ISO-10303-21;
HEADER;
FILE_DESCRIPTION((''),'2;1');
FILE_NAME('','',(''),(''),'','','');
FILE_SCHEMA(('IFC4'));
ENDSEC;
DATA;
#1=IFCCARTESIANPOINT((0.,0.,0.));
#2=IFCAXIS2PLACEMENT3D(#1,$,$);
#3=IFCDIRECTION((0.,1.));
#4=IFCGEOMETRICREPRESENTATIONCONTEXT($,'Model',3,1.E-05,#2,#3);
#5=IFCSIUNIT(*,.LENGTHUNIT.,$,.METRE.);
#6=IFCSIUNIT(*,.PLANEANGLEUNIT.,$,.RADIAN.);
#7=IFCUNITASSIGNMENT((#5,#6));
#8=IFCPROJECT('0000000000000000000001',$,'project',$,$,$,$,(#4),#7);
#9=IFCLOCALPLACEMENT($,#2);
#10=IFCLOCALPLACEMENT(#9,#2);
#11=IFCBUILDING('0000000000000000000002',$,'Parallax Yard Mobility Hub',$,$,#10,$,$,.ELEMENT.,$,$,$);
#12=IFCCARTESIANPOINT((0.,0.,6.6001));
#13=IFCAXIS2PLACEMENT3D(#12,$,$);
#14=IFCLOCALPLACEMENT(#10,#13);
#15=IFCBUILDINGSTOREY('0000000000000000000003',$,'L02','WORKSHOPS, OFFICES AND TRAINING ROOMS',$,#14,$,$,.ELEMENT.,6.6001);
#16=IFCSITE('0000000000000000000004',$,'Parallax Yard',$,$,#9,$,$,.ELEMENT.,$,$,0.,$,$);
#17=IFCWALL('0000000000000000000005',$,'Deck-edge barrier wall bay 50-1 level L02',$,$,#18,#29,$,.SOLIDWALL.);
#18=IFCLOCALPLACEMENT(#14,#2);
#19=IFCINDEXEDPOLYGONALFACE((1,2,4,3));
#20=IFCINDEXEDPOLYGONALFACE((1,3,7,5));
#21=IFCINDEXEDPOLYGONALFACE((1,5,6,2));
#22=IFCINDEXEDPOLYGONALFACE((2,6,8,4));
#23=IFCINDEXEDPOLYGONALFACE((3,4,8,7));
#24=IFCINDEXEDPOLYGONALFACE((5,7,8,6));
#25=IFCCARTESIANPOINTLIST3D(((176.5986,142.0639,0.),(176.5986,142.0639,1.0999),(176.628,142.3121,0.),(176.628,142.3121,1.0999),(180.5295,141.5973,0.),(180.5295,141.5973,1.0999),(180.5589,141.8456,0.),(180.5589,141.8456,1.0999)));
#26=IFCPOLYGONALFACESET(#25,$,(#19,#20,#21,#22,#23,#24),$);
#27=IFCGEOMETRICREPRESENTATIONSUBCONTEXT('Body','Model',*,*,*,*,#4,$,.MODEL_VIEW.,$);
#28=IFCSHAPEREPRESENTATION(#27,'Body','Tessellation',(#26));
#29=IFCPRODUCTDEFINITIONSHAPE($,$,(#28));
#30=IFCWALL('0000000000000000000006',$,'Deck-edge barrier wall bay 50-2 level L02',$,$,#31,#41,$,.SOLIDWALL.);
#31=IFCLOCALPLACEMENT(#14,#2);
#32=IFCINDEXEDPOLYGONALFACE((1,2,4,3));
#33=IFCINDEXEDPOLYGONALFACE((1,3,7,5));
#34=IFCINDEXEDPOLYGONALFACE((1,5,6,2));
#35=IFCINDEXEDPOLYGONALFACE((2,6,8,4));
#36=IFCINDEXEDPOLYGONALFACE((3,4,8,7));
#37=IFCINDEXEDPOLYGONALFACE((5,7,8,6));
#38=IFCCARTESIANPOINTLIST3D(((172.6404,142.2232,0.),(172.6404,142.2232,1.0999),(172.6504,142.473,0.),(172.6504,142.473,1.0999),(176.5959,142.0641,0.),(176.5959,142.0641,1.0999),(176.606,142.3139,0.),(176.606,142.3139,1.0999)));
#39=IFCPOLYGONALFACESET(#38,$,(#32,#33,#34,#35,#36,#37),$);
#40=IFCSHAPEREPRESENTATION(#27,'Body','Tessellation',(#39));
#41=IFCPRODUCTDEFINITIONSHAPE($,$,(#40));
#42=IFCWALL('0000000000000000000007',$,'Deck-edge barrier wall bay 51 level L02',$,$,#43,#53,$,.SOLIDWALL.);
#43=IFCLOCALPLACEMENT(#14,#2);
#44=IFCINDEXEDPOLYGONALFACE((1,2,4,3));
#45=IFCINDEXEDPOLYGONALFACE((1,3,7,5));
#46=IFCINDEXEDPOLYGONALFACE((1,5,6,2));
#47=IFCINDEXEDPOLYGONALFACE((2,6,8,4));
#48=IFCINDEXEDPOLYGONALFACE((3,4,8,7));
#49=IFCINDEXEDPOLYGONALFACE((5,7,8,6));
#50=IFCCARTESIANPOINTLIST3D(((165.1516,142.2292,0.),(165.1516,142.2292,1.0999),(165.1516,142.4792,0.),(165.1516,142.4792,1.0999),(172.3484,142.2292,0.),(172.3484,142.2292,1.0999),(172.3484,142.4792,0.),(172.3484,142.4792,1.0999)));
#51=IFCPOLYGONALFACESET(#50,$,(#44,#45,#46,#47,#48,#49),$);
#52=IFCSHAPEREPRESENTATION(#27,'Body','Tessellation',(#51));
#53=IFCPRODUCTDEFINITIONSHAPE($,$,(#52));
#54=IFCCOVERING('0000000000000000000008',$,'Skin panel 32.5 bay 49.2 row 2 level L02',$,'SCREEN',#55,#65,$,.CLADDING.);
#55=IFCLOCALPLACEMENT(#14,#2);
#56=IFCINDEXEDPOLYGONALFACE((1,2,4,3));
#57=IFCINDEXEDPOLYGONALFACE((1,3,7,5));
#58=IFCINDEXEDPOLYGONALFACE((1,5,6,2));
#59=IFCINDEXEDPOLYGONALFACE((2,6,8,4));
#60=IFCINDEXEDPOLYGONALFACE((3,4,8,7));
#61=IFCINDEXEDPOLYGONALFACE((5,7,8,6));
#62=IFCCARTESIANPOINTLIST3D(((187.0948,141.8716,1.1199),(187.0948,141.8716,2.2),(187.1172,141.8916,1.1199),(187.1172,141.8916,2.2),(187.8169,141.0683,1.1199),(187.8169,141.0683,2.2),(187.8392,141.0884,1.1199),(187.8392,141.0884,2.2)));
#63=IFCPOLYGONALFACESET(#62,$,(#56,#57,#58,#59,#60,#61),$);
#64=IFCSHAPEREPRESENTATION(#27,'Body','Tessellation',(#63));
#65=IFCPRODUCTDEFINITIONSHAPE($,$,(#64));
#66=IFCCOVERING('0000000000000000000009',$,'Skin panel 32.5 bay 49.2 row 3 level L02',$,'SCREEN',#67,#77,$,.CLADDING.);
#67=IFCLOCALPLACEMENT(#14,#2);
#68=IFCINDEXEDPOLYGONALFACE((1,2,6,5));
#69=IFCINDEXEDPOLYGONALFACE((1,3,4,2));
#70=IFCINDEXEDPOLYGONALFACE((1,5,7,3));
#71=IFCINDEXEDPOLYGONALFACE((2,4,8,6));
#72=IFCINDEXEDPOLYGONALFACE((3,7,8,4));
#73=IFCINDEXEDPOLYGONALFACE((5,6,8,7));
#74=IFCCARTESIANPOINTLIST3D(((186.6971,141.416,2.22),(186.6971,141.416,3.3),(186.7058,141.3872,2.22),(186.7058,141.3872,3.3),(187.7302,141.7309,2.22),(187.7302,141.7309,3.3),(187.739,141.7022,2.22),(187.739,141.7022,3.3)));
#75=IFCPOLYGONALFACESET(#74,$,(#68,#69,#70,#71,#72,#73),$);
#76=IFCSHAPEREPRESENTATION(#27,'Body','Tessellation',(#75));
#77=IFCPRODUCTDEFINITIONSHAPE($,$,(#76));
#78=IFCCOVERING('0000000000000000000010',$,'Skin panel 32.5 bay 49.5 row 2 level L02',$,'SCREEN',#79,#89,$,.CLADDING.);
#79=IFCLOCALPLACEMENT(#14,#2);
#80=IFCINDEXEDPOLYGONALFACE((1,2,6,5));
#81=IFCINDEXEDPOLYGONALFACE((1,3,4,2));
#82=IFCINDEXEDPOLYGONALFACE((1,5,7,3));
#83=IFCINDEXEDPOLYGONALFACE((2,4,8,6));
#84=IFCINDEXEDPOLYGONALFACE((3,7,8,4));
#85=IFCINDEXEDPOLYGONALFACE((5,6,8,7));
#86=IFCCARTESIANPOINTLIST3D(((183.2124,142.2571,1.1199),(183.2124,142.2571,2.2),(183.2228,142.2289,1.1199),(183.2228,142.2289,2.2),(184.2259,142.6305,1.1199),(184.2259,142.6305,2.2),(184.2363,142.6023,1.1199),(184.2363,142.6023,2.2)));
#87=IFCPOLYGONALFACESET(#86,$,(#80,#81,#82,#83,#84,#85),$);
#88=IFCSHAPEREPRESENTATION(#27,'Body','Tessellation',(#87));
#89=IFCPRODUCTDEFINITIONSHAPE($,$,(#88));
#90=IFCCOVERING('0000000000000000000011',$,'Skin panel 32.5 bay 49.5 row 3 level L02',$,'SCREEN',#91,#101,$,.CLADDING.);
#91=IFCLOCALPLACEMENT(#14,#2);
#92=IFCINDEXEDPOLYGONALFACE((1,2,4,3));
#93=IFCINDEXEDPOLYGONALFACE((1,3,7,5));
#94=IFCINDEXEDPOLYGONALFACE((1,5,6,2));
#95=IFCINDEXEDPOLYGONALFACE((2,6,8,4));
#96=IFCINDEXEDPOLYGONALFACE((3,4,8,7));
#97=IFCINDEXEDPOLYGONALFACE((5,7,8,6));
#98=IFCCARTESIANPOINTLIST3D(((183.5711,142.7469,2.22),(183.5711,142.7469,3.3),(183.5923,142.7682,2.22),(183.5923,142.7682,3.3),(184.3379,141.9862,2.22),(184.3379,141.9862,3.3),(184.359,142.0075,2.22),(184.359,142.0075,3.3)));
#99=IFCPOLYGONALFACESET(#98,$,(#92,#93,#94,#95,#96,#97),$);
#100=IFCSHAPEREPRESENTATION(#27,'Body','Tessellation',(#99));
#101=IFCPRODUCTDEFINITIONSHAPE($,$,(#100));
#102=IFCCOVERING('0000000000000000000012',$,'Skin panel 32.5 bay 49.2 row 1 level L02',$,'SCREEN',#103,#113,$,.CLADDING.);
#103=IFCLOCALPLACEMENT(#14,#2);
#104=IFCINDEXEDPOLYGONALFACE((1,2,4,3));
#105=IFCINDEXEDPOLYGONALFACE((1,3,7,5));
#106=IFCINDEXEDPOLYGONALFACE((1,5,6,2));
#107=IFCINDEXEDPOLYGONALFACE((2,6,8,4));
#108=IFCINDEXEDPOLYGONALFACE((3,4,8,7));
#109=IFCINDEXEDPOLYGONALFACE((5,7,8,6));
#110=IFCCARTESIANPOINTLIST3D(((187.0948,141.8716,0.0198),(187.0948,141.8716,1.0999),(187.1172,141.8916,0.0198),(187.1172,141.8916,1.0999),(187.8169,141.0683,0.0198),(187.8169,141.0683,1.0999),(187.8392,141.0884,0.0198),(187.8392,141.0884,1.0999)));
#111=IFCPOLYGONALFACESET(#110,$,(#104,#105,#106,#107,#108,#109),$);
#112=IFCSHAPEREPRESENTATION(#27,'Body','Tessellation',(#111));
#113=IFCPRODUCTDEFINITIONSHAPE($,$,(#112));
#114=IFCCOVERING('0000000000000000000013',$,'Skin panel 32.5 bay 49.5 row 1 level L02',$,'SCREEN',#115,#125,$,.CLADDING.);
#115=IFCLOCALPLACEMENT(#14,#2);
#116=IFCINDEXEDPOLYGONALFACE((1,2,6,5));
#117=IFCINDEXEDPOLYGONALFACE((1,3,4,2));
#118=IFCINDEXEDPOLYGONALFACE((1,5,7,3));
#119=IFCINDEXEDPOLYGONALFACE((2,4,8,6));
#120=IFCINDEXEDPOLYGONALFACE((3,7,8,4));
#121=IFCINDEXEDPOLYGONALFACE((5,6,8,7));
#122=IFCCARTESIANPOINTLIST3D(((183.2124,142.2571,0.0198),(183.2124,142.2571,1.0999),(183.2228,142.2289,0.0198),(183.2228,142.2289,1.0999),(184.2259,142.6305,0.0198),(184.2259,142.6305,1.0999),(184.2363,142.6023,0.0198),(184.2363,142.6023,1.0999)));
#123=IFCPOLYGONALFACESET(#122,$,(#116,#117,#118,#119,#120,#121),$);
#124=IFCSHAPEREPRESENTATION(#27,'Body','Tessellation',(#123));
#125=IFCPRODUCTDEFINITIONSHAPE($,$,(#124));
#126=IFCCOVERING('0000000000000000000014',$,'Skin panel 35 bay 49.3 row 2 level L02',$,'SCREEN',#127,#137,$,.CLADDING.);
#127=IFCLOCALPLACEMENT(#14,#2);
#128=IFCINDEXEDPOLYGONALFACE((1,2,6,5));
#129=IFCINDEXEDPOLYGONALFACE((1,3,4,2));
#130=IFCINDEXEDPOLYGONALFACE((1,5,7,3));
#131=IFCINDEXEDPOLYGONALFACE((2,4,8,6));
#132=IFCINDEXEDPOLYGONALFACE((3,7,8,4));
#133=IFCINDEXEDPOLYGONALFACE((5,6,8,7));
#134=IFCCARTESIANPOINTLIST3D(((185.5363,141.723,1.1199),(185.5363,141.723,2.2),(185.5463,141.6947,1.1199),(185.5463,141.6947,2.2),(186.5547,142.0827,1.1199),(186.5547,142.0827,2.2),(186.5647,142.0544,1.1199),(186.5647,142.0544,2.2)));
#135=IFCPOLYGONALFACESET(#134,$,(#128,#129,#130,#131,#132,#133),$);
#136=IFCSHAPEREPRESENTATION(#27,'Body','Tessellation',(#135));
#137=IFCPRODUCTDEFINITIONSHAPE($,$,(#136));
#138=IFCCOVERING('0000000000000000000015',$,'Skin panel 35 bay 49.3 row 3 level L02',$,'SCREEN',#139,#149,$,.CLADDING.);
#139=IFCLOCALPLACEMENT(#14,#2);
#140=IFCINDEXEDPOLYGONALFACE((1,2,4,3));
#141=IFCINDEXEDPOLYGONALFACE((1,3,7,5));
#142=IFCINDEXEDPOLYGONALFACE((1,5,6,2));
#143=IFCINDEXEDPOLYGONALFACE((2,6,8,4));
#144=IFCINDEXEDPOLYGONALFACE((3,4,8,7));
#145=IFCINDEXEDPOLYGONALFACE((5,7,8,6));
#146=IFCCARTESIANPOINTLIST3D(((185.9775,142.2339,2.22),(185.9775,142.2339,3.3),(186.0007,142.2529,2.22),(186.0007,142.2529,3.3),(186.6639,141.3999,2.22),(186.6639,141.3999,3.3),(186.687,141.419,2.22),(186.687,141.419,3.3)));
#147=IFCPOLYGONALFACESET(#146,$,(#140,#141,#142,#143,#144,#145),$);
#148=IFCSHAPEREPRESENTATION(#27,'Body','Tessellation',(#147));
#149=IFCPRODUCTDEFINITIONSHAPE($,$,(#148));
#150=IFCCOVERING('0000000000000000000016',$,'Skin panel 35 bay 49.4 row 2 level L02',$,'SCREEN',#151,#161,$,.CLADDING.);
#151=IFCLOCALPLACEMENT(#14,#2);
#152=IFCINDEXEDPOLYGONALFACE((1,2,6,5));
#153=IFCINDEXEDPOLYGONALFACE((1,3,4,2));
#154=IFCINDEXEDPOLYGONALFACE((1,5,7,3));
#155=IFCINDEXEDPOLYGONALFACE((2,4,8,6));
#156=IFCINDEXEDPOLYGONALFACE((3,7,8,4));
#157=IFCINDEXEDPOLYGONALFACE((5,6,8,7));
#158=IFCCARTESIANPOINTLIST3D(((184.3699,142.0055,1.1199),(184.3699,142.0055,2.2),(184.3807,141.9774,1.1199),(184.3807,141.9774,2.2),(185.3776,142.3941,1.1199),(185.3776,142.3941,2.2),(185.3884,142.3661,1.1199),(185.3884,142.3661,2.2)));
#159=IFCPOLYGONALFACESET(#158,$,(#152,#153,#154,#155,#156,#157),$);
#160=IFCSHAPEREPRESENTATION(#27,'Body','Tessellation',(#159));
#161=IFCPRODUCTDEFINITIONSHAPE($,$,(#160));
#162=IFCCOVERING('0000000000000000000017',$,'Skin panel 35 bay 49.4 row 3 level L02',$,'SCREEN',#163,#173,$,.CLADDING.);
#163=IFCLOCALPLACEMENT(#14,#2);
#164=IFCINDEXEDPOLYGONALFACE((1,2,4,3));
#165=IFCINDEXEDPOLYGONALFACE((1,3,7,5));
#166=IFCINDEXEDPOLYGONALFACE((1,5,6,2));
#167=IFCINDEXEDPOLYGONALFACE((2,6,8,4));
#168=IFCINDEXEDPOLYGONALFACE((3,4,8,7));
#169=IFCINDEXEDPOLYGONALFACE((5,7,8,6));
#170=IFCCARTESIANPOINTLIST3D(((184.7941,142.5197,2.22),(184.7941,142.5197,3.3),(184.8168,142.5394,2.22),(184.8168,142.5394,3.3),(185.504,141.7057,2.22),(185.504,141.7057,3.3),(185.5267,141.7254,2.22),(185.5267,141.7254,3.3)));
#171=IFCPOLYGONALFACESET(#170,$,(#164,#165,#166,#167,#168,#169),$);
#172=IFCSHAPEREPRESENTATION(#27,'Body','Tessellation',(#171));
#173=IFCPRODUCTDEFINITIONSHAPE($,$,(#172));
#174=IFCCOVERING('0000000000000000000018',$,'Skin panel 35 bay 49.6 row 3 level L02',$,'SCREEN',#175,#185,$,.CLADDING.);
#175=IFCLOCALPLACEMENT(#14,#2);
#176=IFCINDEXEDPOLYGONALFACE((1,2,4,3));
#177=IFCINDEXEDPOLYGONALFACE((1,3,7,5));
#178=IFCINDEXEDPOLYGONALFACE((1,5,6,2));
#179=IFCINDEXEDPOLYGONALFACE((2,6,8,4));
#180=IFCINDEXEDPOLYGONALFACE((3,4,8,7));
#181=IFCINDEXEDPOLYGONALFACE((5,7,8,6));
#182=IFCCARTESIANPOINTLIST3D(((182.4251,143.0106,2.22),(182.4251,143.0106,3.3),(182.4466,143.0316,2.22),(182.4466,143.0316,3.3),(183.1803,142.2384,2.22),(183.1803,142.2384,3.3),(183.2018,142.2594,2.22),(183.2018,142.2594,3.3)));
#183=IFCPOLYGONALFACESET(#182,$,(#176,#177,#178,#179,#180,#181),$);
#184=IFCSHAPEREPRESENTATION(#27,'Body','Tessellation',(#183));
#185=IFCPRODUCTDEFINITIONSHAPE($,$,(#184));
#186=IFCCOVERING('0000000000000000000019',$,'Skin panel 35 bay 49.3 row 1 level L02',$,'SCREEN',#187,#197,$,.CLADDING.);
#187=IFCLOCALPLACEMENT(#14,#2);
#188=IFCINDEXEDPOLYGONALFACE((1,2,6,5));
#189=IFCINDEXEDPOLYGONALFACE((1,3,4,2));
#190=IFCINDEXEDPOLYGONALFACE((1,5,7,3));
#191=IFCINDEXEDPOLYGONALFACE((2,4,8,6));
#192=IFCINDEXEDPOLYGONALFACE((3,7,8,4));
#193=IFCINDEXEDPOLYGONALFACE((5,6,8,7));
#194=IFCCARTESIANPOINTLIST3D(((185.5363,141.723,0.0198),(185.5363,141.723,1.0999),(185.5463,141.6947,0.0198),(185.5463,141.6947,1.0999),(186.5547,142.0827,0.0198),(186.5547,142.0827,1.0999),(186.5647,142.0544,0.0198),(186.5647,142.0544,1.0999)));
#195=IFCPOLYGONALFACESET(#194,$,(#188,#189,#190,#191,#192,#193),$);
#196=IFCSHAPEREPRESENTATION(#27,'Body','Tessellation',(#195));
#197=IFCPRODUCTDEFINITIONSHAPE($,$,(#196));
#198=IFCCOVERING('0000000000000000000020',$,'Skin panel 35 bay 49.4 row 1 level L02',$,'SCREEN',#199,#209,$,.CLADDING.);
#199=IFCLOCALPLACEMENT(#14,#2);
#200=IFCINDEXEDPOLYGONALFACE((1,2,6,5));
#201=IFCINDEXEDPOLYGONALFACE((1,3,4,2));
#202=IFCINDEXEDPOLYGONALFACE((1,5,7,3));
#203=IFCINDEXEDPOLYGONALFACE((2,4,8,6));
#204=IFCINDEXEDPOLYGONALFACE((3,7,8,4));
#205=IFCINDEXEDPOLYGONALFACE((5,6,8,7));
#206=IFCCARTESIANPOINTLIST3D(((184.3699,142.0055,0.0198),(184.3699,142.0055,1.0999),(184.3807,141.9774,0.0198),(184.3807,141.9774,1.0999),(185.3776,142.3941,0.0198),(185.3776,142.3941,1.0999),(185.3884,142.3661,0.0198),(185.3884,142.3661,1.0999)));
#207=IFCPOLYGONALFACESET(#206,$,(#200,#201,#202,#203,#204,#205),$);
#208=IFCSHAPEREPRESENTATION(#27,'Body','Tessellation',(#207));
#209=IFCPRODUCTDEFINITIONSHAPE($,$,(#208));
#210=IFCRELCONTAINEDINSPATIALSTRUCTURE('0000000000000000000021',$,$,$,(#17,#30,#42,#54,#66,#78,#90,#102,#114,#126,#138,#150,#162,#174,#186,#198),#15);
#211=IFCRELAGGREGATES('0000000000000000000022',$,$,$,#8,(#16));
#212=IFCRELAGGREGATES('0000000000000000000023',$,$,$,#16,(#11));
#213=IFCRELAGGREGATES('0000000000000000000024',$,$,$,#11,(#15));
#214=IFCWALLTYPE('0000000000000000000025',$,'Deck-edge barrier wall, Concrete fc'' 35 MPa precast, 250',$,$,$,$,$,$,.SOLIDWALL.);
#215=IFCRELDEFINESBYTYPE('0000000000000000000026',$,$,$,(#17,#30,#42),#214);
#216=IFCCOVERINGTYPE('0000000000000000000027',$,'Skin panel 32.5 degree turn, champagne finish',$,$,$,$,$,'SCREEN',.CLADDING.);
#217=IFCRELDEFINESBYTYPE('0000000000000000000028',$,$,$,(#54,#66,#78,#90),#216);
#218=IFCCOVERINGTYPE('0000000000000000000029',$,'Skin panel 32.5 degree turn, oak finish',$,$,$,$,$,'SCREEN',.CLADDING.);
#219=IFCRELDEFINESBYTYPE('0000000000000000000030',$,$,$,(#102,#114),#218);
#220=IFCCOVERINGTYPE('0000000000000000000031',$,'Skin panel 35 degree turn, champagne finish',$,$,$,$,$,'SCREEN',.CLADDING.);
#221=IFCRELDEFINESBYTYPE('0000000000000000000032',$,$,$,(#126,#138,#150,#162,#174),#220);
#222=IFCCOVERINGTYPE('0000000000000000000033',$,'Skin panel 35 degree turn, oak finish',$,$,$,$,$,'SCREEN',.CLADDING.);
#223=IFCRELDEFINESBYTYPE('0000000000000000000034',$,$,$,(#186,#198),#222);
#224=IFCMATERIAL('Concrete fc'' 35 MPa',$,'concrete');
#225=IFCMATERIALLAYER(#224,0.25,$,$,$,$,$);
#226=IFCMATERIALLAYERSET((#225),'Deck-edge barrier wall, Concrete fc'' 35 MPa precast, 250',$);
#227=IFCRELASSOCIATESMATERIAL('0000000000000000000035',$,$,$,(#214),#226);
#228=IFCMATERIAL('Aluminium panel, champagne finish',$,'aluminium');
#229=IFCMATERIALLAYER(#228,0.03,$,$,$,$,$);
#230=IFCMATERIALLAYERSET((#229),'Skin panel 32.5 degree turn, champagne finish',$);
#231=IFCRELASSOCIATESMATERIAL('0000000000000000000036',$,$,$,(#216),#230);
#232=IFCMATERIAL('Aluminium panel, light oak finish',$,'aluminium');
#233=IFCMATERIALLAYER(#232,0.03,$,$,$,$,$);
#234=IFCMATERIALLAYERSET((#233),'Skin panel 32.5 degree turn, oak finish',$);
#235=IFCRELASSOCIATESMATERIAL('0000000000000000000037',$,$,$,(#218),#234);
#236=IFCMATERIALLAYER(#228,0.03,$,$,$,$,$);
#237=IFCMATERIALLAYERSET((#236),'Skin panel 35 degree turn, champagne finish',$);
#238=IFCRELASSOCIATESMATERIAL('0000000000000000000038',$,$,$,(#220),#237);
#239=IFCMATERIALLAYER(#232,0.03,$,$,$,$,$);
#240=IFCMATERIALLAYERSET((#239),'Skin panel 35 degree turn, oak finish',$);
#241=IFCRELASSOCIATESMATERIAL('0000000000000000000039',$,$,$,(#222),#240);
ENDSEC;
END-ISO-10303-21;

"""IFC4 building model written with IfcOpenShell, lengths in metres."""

from ifc_helpers import new_model, si_unit, direction, frame, frame_2d, origin, origin_2d, place, context, subcontext, project, spatial, rectangle, extrude, material, layer, layer_set, type_object, element, save


model = new_model("IFC4")

# Units and contexts
model_context = context("Model", 3, precision=1e-05, world=origin(), true_north=direction((0.0, 1.0)))
body_context = subcontext(model_context, "Body", "Model", "MODEL_VIEW")
ifc_project = project(units=[si_unit("LENGTHUNIT", "METRE"), si_unit("PLANEANGLEUNIT", "RADIAN")], contexts=[model_context])

# Site, building, storey
site_placement = place(None, origin())
site = spatial("IfcSite", under=ifc_project, at=site_placement, Name="Parallax Yard", CompositionType="ELEMENT", RefElevation=0.0)
building_placement = place(site_placement, origin())
building = spatial("IfcBuilding", under=site, at=building_placement, Name="Parallax Yard Mobility Hub", CompositionType="ELEMENT")
storey_placement = place(building_placement, frame((0.0, 0.0, 6.6001)))
storey = spatial("IfcBuildingStorey", under=building, at=storey_placement, Name="L02", Description="WORKSHOPS, OFFICES AND TRAINING ROOMS", CompositionType="ELEMENT", Elevation=6.6001)

# Walls
ifc_material_1 = material(Name="Concrete fc' 35 MPa", Category="concrete")
ifc_layer_1 = layer(ifc_material_1, 0.25)
ifc_layer_set_1 = layer_set([ifc_layer_1], Name="Deck-edge barrier wall, Concrete fc' 35 MPa precast, 250")
wall_type = type_object("IfcWallType", Name="Deck-edge barrier wall, Concrete fc' 35 MPa precast, 250", PredefinedType="SOLIDWALL", material=ifc_layer_set_1)
wall_1_placement = place(storey_placement, frame((180.5442, 141.7214, 0.0), z_axis=(0.0, 0.0, 1.0), x_axis=(-0.99303, 0.117861, 0.0)))
element("IfcWall", 1, at=wall_1_placement, inside=storey, type_object=wall_type, Name="Deck-edge barrier wall bay 50-1 level L02", PredefinedType="SOLIDWALL", context=body_context, shape_type="SweptSolid", body=[
    extrude(rectangle(XDim=3.9585, YDim=0.25, at=frame_2d((1.9792, 0.0))), origin(), (0.0, 0.0, 1.0), 1.0999),
])
wall_2_placement = place(storey_placement, frame((176.6011, 142.189, 0.0), z_axis=(0.0, 0.0, 1.0), x_axis=(-0.999191, 0.040209, 0.0)))
element("IfcWall", 2, at=wall_2_placement, inside=storey, type_object=wall_type, Name="Deck-edge barrier wall bay 50-2 level L02", PredefinedType="SOLIDWALL", context=body_context, shape_type="SweptSolid", body=[
    extrude(rectangle(XDim=3.9587, YDim=0.25, at=frame_2d((1.9795, 0.0))), origin(), (0.0, 0.0, 1.0), 1.0999),
])
wall_3_placement = place(storey_placement, frame((172.3484, 142.3542, 0.0), z_axis=(0.0, 0.0, 1.0), x_axis=(-1.0, 0.0, 0.0)))
element("IfcWall", 3, at=wall_3_placement, inside=storey, type_object=wall_type, Name="Deck-edge barrier wall bay 51 level L02", PredefinedType="SOLIDWALL", context=body_context, shape_type="SweptSolid", body=[
    extrude(rectangle(XDim=7.1968, YDim=0.25, at=frame_2d((3.5984, 0.0))), origin(), (0.0, 0.0, 1.0), 1.0999),
])

# Coverings
ifc_material_2 = material(Name="Aluminium panel, champagne finish", Category="aluminium")
ifc_layer_2 = layer(ifc_material_2, 0.03)
ifc_layer_set_2 = layer_set([ifc_layer_2], Name="Skin panel 32.5 degree turn, champagne finish")
covering_type_1 = type_object("IfcCoveringType", Name="Skin panel 32.5 degree turn, champagne finish", ElementType="SCREEN", PredefinedType="CLADDING", material=ifc_layer_set_2)
for number, where, z_axis, x_axis, name in (
    (4, (187.467, 141.48, 1.1199), (0.0, 0.0, 1.0), (-0.66854, 0.743676, 0.0), "Skin panel 32.5 bay 49.2 row 2 level L02"),
    (5, (187.218, 141.5591, 2.22), (0.0, 0.0, 1.0), (0.956537, 0.291612, 0.0), "Skin panel 32.5 bay 49.2 row 3 level L02"),
    (6, (183.7244, 142.4297, 1.1199), (0.0, 0.0, 1.0), (0.938328, 0.345745, 0.0), "Skin panel 32.5 bay 49.5 row 2 level L02"),
    (7, (183.9651, 142.3772, 2.22), (0.0, 0.0, 1.0), (-0.709906, 0.704296, 0.0), "Skin panel 32.5 bay 49.5 row 3 level L02"),
):
    element("IfcCovering", number, at=place(storey_placement, frame(where, z_axis=z_axis, x_axis=x_axis)), inside=storey, type_object=covering_type_1, Name=name, ObjectType="SCREEN", PredefinedType="CLADDING", context=body_context, shape_type="SweptSolid", body=[
        extrude(rectangle(XDim=1.0801, YDim=0.03, at=origin_2d()), origin(), (0.0, 0.0, 1.0), 1.0801),
    ])
ifc_material_3 = material(Name="Aluminium panel, light oak finish", Category="aluminium")
ifc_layer_3 = layer(ifc_material_3, 0.03)
ifc_layer_set_3 = layer_set([ifc_layer_3], Name="Skin panel 32.5 degree turn, oak finish")
covering_type_2 = type_object("IfcCoveringType", Name="Skin panel 32.5 degree turn, oak finish", ElementType="SCREEN", PredefinedType="CLADDING", material=ifc_layer_set_3)
for number, where, z_axis, x_axis, name in (
    (8, (187.467, 141.48, 0.0198), (0.0, 0.0, 1.0), (-0.66854, 0.743676, 0.0), "Skin panel 32.5 bay 49.2 row 1 level L02"),
    (9, (183.7244, 142.4297, 0.0198), (0.0, 0.0, 1.0), (0.938328, 0.345745, 0.0), "Skin panel 32.5 bay 49.5 row 1 level L02"),
):
    element("IfcCovering", number, at=place(storey_placement, frame(where, z_axis=z_axis, x_axis=x_axis)), inside=storey, type_object=covering_type_2, Name=name, ObjectType="SCREEN", PredefinedType="CLADDING", context=body_context, shape_type="SweptSolid", body=[
        extrude(rectangle(XDim=1.0801, YDim=0.03, at=origin_2d()), origin(), (0.0, 0.0, 1.0), 1.0801),
    ])
ifc_layer_4 = layer(ifc_material_2, 0.03)
ifc_layer_set_4 = layer_set([ifc_layer_4], Name="Skin panel 35 degree turn, champagne finish")
covering_type_3 = type_object("IfcCoveringType", Name="Skin panel 35 degree turn, champagne finish", ElementType="SCREEN", PredefinedType="CLADDING", material=ifc_layer_set_4)
for number, where, z_axis, x_axis, name in (
    (10, (186.0505, 141.8887, 1.1199), (0.0, 0.0, 1.0), (0.942906, 0.333058, 0.0), "Skin panel 35 bay 49.3 row 2 level L02"),
    (11, (186.3323, 141.8264, 2.22), (0.0, 0.0, 1.0), (-0.635465, 0.772129, 0.0), "Skin panel 35 bay 49.3 row 3 level L02"),
    (12, (184.8792, 142.1858, 1.1199), (0.0, 0.0, 1.0), (0.933011, 0.359849, 0.0), "Skin panel 35 bay 49.4 row 2 level L02"),
    (13, (185.1604, 142.1226, 2.22), (0.0, 0.0, 1.0), (-0.657256, 0.753668, 0.0), "Skin panel 35 bay 49.4 row 3 level L02"),
    (14, (182.8135, 142.635, 2.22), (0.0, 0.0, 1.0), (-0.699209, 0.714917, 0.0), "Skin panel 35 bay 49.6 row 3 level L02"),
):
    element("IfcCovering", number, at=place(storey_placement, frame(where, z_axis=z_axis, x_axis=x_axis)), inside=storey, type_object=covering_type_3, Name=name, ObjectType="SCREEN", PredefinedType="CLADDING", context=body_context, shape_type="SweptSolid", body=[
        extrude(rectangle(XDim=1.0801, YDim=0.03, at=origin_2d()), origin(), (0.0, 0.0, 1.0), 1.0801),
    ])
ifc_layer_5 = layer(ifc_material_3, 0.03)
ifc_layer_set_5 = layer_set([ifc_layer_5], Name="Skin panel 35 degree turn, oak finish")
covering_type_4 = type_object("IfcCoveringType", Name="Skin panel 35 degree turn, oak finish", ElementType="SCREEN", PredefinedType="CLADDING", material=ifc_layer_set_5)
for number, where, z_axis, x_axis, name in (
    (15, (186.0505, 141.8887, 0.0198), (0.0, 0.0, 1.0), (0.942906, 0.333058, 0.0), "Skin panel 35 bay 49.3 row 1 level L02"),
    (16, (184.8792, 142.1858, 0.0198), (0.0, 0.0, 1.0), (0.933011, 0.359849, 0.0), "Skin panel 35 bay 49.4 row 1 level L02"),
):
    element("IfcCovering", number, at=place(storey_placement, frame(where, z_axis=z_axis, x_axis=x_axis)), inside=storey, type_object=covering_type_4, Name=name, ObjectType="SCREEN", PredefinedType="CLADDING", context=body_context, shape_type="SweptSolid", body=[
        extrude(rectangle(XDim=1.0801, YDim=0.03, at=origin_2d()), origin(), (0.0, 0.0, 1.0), 1.0801),
    ])

save(model, "model.ifc")
